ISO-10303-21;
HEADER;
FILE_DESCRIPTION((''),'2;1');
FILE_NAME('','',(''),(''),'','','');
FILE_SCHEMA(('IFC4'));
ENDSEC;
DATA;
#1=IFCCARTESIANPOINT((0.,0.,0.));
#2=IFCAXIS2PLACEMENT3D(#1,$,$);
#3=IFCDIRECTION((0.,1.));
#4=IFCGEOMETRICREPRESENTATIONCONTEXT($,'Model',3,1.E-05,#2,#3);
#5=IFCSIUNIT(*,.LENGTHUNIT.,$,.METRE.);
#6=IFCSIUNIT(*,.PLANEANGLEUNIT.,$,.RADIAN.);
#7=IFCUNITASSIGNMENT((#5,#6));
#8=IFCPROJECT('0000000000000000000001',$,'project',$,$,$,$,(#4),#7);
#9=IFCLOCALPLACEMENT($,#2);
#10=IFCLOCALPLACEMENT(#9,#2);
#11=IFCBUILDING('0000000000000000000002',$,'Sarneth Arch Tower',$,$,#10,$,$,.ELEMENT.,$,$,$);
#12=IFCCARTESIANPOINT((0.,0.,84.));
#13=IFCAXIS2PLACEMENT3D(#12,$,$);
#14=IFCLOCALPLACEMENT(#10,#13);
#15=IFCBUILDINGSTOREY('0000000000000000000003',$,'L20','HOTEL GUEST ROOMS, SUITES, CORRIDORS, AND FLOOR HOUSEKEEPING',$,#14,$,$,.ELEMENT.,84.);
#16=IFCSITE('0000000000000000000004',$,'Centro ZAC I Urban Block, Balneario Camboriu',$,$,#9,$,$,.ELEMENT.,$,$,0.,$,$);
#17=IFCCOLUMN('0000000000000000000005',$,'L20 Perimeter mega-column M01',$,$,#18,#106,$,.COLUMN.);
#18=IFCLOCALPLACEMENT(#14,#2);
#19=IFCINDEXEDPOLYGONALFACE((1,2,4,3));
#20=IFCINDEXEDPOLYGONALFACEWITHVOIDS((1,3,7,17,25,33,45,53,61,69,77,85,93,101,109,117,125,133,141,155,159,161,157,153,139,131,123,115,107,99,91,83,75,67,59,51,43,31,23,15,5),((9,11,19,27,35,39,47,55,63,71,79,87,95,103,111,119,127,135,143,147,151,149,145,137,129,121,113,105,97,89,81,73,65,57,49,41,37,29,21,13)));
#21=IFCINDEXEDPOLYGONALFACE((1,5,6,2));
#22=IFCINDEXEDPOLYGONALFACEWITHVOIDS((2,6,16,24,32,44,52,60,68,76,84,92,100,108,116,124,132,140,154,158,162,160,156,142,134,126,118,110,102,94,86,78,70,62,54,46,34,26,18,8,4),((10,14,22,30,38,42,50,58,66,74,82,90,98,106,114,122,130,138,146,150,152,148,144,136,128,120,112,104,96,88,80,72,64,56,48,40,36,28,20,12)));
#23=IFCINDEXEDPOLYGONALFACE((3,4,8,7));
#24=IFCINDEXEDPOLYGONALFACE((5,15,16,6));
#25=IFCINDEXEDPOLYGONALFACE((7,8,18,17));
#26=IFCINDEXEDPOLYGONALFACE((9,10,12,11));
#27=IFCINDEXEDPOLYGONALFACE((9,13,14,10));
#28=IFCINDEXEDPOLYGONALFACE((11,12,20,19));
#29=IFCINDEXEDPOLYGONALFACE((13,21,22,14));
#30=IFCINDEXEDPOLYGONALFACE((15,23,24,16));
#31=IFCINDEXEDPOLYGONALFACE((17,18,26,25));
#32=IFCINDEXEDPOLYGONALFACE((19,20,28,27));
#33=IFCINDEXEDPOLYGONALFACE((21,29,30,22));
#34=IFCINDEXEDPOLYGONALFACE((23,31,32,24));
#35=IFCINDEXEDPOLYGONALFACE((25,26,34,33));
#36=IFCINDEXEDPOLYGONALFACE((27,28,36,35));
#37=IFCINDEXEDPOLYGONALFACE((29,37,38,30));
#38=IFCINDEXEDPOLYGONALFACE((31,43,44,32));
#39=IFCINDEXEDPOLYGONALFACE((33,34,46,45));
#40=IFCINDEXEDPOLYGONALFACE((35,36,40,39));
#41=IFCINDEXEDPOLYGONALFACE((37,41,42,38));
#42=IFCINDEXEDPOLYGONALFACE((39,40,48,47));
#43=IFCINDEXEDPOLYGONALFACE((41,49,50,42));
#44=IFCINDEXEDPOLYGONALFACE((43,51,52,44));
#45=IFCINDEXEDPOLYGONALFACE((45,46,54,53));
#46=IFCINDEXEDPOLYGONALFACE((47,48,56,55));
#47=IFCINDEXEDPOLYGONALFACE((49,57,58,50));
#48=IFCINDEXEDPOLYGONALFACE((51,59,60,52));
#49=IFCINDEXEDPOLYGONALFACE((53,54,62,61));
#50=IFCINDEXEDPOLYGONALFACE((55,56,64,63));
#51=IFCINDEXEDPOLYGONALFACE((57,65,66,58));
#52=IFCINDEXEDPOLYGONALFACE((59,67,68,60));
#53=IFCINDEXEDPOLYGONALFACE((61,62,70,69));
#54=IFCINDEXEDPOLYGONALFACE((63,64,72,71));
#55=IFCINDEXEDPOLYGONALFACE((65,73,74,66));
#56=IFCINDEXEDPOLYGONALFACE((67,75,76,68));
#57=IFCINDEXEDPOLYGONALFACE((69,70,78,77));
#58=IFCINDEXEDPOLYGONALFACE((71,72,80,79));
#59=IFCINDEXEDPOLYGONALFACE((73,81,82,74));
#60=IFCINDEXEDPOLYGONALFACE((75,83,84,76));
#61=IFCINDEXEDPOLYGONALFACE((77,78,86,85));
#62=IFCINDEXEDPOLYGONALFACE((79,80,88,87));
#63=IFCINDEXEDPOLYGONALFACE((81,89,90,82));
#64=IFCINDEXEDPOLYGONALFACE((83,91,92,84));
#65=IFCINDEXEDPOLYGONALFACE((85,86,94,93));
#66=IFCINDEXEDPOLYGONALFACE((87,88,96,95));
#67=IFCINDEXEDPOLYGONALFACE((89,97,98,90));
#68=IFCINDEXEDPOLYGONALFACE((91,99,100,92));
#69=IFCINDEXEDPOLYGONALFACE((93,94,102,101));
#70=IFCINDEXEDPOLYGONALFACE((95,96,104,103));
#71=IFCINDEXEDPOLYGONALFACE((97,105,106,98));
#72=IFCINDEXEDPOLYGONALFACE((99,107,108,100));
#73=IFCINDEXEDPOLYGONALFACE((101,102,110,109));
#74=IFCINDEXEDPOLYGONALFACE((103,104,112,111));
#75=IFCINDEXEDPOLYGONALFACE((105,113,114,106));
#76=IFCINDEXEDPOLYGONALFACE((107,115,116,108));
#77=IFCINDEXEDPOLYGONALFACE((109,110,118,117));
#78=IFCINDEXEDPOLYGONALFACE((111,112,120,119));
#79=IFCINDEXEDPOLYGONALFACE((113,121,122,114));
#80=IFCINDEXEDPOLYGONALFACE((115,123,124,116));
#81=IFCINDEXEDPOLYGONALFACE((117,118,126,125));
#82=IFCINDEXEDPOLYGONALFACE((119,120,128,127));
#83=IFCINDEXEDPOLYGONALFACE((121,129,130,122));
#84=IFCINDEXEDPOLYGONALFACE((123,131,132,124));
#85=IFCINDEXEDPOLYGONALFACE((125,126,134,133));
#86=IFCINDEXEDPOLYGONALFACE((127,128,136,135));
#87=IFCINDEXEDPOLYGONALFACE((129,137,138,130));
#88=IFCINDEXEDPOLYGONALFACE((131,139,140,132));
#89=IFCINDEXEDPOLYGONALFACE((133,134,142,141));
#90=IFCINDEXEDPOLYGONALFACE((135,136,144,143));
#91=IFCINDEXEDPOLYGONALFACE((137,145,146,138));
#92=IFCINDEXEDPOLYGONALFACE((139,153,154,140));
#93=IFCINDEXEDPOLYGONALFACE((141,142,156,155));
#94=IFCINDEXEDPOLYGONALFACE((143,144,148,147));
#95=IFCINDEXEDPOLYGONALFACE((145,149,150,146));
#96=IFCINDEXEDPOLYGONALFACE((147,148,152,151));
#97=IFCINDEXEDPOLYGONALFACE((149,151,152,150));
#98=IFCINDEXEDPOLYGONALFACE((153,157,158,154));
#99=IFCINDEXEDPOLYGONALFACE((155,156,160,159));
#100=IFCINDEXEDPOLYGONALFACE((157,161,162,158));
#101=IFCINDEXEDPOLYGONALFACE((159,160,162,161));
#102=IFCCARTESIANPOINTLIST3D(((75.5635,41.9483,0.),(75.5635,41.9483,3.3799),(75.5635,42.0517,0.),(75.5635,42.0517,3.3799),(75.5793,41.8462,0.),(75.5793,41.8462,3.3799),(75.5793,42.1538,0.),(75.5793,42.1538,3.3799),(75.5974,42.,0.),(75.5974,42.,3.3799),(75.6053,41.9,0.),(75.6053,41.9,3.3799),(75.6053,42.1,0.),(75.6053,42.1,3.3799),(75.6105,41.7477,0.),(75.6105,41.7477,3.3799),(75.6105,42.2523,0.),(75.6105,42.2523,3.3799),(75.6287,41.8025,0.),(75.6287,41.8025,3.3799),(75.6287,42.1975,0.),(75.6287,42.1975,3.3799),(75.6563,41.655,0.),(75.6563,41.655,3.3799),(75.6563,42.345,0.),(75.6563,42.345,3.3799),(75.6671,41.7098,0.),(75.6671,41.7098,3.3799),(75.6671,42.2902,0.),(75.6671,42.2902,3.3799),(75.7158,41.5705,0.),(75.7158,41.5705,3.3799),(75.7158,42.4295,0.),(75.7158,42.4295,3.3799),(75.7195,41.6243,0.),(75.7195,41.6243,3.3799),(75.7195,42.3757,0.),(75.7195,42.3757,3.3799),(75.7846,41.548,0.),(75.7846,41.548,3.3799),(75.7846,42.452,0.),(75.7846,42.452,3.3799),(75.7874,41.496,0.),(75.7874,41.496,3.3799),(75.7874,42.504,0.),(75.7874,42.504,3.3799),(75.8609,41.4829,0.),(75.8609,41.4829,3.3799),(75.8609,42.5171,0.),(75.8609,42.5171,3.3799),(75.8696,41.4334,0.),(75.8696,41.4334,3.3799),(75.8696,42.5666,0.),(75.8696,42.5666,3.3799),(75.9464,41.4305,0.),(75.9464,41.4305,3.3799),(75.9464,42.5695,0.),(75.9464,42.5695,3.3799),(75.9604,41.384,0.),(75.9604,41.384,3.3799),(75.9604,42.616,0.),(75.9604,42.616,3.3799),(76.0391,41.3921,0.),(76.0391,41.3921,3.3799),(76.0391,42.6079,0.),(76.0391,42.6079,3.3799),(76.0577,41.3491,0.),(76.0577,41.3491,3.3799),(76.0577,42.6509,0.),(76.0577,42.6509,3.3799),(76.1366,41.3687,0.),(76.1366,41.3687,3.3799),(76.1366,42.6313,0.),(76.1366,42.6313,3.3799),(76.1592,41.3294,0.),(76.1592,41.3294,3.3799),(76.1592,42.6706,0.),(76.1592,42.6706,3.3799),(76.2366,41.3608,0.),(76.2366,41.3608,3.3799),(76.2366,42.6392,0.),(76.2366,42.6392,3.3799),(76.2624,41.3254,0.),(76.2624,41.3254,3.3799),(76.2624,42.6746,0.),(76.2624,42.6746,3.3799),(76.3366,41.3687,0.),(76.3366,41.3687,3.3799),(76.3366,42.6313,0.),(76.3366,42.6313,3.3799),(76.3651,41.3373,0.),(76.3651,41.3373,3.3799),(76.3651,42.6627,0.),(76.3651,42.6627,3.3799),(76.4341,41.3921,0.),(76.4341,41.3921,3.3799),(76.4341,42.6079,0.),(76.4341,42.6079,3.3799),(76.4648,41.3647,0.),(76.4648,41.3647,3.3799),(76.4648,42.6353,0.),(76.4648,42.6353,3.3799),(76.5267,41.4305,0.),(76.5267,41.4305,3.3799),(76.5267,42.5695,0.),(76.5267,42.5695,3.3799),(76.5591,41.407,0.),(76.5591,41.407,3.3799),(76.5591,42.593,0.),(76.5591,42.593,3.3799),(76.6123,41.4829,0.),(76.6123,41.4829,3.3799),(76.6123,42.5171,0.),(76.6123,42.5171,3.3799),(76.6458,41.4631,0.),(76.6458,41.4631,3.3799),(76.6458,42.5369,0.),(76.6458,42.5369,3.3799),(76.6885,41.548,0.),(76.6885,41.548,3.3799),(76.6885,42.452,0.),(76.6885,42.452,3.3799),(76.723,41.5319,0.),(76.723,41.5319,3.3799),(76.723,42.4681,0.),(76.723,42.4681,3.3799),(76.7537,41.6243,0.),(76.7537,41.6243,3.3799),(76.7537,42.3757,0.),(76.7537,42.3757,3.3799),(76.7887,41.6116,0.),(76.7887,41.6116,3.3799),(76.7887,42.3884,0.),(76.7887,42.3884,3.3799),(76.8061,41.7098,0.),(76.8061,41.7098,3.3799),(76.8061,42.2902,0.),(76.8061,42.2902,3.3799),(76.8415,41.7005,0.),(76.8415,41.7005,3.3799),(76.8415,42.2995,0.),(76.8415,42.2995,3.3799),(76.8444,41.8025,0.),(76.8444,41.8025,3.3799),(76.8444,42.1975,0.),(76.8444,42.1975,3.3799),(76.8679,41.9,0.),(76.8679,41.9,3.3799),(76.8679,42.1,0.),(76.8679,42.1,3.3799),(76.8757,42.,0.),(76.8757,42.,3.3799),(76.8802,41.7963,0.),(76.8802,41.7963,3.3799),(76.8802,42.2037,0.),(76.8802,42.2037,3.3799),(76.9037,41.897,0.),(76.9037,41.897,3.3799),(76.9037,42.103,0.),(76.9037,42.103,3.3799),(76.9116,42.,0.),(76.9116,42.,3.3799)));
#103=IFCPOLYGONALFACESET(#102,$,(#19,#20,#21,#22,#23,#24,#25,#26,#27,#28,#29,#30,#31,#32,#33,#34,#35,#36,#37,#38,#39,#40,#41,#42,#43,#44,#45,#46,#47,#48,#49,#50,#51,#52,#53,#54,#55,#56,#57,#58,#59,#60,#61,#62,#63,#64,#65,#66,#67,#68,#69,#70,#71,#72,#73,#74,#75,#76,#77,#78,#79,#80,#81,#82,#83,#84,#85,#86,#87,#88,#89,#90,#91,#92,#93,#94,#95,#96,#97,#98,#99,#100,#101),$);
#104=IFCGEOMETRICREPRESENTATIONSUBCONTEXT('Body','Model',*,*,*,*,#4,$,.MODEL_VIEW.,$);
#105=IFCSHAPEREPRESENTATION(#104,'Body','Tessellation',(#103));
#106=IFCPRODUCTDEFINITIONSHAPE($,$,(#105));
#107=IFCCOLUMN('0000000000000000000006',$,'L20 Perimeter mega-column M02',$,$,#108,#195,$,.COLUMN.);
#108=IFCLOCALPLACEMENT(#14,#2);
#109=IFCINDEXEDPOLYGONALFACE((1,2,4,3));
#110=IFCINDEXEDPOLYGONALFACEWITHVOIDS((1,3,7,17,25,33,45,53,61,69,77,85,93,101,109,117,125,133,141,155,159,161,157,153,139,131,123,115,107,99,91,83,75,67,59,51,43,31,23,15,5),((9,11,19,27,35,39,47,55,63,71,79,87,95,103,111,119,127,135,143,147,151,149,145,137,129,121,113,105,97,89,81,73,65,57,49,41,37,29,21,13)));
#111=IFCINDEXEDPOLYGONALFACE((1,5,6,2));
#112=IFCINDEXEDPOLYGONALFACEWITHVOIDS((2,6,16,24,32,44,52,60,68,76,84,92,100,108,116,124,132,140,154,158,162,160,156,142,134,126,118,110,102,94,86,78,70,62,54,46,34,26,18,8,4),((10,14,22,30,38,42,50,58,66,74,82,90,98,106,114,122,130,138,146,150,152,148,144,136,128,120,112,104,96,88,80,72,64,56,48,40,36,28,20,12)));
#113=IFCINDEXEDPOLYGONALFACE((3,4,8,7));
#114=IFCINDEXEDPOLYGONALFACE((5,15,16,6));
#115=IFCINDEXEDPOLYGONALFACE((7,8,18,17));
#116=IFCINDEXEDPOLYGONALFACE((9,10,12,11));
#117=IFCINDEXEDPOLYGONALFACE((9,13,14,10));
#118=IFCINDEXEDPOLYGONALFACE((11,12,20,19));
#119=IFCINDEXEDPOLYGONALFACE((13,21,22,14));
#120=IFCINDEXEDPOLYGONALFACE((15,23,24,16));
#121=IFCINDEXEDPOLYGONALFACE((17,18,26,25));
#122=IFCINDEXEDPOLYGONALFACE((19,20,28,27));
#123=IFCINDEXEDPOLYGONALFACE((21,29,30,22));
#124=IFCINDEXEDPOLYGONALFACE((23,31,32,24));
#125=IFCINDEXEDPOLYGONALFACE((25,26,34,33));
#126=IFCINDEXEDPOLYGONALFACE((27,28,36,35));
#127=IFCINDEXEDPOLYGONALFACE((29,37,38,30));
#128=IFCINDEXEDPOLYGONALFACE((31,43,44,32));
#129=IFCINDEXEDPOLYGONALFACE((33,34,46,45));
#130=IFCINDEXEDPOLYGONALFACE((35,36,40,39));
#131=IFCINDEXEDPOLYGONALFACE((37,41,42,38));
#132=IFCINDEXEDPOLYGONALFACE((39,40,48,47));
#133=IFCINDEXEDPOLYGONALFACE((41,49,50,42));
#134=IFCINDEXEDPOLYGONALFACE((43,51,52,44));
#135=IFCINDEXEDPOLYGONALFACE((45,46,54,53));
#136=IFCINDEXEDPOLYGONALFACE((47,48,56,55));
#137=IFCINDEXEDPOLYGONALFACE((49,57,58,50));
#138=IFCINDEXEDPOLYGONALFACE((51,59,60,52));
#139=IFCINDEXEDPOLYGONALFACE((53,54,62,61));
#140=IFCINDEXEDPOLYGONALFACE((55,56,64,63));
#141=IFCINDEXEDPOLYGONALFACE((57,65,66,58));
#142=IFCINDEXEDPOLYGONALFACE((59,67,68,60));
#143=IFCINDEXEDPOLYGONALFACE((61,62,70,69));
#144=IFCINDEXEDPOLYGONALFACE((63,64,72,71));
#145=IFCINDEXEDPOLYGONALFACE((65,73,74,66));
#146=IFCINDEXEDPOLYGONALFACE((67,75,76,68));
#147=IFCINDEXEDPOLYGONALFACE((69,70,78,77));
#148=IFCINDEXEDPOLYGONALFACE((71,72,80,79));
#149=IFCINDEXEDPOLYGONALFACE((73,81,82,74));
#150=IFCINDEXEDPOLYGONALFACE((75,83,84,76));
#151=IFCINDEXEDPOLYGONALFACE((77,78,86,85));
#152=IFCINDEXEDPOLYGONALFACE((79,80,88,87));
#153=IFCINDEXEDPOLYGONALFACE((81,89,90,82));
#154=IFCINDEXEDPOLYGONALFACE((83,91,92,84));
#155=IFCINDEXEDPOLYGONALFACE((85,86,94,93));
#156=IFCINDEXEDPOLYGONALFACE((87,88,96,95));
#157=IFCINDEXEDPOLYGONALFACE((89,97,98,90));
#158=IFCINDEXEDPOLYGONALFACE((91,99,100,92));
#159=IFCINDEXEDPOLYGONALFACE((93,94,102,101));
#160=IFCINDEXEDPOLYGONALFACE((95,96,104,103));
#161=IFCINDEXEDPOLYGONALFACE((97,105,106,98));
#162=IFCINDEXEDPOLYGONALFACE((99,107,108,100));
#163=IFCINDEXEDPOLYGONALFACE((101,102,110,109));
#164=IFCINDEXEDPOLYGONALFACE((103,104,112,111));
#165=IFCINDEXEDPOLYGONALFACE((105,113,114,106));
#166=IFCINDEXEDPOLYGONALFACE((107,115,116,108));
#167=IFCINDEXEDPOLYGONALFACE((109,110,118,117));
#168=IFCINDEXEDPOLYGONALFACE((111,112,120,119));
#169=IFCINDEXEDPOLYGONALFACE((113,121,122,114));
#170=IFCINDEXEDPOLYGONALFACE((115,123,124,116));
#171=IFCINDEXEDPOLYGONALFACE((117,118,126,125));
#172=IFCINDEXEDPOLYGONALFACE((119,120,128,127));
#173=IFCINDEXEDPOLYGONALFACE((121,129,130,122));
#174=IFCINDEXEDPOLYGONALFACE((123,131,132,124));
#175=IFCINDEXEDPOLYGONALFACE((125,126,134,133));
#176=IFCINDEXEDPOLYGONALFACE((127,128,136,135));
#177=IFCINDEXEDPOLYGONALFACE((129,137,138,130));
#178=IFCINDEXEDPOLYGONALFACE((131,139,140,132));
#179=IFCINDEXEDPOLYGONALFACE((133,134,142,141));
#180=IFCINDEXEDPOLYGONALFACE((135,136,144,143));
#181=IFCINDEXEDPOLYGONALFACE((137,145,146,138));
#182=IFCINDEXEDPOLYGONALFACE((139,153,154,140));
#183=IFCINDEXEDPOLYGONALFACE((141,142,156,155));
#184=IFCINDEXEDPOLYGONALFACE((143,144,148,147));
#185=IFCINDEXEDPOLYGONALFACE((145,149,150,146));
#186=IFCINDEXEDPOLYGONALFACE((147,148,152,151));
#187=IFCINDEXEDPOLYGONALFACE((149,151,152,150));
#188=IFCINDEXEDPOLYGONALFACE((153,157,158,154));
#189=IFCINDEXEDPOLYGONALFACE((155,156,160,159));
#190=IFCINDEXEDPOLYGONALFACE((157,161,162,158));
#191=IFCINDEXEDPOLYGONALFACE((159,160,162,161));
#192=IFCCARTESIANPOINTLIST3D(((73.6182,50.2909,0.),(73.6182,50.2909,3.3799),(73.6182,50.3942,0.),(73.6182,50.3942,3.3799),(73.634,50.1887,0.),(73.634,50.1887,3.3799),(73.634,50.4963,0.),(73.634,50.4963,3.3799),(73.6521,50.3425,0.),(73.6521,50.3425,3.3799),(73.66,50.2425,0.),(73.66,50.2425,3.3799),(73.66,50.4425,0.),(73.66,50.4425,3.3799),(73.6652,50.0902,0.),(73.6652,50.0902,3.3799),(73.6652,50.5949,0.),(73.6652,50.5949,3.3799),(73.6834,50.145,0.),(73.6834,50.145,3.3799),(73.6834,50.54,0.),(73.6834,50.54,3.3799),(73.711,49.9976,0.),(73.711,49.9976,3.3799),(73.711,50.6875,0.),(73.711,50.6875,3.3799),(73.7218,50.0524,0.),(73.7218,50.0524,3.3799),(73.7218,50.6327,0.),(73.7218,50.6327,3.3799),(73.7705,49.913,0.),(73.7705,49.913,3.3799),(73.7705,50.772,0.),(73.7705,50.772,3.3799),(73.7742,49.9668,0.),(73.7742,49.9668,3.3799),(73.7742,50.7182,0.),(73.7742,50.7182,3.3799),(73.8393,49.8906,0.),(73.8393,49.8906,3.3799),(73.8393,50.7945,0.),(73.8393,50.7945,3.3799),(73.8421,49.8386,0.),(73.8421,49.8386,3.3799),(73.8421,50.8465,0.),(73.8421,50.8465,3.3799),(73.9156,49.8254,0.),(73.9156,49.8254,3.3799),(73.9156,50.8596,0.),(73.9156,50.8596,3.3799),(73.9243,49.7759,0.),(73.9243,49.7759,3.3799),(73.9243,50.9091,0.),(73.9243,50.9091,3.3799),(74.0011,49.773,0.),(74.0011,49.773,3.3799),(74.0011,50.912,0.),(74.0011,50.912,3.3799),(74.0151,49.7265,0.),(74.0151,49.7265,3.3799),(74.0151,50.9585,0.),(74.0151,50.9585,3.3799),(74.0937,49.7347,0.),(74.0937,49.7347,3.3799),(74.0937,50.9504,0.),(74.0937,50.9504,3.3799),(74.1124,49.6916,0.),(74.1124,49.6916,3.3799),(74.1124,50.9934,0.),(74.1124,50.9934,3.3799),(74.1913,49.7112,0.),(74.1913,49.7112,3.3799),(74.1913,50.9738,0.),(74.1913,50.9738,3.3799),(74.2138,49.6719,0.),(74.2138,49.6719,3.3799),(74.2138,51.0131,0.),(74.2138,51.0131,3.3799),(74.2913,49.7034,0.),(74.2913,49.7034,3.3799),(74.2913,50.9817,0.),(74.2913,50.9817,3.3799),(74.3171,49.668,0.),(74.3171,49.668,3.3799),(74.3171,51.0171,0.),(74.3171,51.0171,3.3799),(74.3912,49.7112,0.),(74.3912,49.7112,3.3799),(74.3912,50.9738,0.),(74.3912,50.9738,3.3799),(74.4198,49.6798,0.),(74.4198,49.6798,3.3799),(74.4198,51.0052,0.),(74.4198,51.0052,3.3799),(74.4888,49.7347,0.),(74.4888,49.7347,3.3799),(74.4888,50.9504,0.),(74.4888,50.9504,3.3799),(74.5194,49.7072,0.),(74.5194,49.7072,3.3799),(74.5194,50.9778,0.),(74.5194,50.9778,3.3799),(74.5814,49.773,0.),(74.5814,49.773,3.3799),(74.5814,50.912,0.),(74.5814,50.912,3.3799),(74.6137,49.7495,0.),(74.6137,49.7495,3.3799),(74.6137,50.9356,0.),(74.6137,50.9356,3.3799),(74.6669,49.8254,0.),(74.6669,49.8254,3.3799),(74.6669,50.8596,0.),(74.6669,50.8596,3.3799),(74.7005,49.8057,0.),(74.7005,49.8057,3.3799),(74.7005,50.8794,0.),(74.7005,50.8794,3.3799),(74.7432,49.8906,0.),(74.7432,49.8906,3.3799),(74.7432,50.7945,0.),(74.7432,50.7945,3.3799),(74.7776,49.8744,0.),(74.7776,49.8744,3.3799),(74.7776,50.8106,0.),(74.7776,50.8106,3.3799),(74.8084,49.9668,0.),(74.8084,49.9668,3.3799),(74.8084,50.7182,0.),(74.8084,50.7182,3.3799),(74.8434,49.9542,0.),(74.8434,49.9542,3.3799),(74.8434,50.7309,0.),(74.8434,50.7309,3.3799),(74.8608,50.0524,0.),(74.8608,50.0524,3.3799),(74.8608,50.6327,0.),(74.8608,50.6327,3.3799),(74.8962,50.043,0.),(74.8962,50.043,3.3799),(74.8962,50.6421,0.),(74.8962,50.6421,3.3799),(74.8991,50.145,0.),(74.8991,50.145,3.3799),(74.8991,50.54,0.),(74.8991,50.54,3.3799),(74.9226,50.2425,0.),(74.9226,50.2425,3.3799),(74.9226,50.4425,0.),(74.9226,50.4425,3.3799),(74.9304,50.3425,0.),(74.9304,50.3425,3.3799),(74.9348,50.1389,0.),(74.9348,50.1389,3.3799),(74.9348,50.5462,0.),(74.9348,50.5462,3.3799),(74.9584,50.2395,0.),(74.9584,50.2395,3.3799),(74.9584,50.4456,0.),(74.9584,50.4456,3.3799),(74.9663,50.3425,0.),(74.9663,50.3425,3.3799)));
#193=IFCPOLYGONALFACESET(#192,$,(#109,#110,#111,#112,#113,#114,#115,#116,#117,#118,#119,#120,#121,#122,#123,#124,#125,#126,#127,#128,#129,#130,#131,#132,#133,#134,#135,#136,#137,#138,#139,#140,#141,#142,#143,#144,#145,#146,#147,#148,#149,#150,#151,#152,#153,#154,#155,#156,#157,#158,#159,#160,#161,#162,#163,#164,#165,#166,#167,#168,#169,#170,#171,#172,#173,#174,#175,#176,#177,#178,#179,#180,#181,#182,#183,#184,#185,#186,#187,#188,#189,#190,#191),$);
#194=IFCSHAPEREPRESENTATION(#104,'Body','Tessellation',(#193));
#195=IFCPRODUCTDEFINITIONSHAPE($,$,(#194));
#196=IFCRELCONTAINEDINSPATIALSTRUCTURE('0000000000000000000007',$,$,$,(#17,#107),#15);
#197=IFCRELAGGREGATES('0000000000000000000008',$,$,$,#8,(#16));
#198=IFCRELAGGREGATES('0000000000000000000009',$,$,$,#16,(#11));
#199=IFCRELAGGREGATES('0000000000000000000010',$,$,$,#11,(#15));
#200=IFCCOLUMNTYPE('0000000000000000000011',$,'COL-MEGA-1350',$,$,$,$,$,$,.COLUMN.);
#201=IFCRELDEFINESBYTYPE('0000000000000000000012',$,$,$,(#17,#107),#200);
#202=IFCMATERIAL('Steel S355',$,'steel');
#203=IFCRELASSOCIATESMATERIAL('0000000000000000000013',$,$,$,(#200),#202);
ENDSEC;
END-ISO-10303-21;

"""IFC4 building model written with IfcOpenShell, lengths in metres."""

from ifc_helpers import new_model, si_unit, direction, frame, origin, origin_2d, place, context, subcontext, project, spatial, hollow_circle, extrude, material, material_profile, profile_set, type_object, element, save


model = new_model("IFC4")

# Units and contexts
model_context = context("Model", 3, precision=1e-05, world=origin(), true_north=direction((0.0, 1.0)))
body_context = subcontext(model_context, "Body", "Model", "MODEL_VIEW")
ifc_project = project(units=[si_unit("LENGTHUNIT", "METRE"), si_unit("PLANEANGLEUNIT", "RADIAN")], contexts=[model_context])

# Site, building, storey
site_placement = place(None, origin())
site = spatial("IfcSite", under=ifc_project, at=site_placement, Name="Centro ZAC I Urban Block, Balneario Camboriu", CompositionType="ELEMENT", RefElevation=0.0)
building_placement = place(site_placement, origin())
building = spatial("IfcBuilding", under=site, at=building_placement, Name="Sarneth Arch Tower", CompositionType="ELEMENT")
storey_placement = place(building_placement, frame((0.0, 0.0, 84.0)))
storey = spatial("IfcBuildingStorey", under=building, at=storey_placement, Name="L20", Description="HOTEL GUEST ROOMS, SUITES, CORRIDORS, AND FLOOR HOUSEKEEPING", CompositionType="ELEMENT", Elevation=84.0)

# Columns
ifc_material_1 = material(Name="Steel S355", Category="steel")
ifc_material_profile_1 = material_profile(ifc_material_1, hollow_circle(Radius=0.675, WallThickness=0.0359, at=origin_2d()), Name="CHS1350x36")
ifc_profile_set_1 = profile_set([ifc_material_profile_1], Name="Steel S355")
column_type = type_object("IfcColumnType", Name="COL-MEGA-1350", PredefinedType="COLUMN", material=ifc_profile_set_1)
for number, where, z_axis, x_axis, name in (
    (1, (76.2366, 42.0, 0.0), (0.0, 0.0, 1.0), (1.0, 0.0, 0.0), "L20 Perimeter mega-column M01"),
    (2, (74.2913, 50.3425, 0.0), (0.0, 0.0, 1.0), (1.0, 0.0, 0.0), "L20 Perimeter mega-column M02"),
):
    element("IfcColumn", number, at=place(storey_placement, frame(where, z_axis=z_axis, x_axis=x_axis)), inside=storey, type_object=column_type, Name=name, PredefinedType="COLUMN", context=body_context, shape_type="SweptSolid", body=[
        extrude(hollow_circle(Radius=0.675, WallThickness=0.0359, at=origin_2d()), origin(), (0.0, 0.0, 1.0), 3.3799),
    ])

save(model, "model.ifc")
